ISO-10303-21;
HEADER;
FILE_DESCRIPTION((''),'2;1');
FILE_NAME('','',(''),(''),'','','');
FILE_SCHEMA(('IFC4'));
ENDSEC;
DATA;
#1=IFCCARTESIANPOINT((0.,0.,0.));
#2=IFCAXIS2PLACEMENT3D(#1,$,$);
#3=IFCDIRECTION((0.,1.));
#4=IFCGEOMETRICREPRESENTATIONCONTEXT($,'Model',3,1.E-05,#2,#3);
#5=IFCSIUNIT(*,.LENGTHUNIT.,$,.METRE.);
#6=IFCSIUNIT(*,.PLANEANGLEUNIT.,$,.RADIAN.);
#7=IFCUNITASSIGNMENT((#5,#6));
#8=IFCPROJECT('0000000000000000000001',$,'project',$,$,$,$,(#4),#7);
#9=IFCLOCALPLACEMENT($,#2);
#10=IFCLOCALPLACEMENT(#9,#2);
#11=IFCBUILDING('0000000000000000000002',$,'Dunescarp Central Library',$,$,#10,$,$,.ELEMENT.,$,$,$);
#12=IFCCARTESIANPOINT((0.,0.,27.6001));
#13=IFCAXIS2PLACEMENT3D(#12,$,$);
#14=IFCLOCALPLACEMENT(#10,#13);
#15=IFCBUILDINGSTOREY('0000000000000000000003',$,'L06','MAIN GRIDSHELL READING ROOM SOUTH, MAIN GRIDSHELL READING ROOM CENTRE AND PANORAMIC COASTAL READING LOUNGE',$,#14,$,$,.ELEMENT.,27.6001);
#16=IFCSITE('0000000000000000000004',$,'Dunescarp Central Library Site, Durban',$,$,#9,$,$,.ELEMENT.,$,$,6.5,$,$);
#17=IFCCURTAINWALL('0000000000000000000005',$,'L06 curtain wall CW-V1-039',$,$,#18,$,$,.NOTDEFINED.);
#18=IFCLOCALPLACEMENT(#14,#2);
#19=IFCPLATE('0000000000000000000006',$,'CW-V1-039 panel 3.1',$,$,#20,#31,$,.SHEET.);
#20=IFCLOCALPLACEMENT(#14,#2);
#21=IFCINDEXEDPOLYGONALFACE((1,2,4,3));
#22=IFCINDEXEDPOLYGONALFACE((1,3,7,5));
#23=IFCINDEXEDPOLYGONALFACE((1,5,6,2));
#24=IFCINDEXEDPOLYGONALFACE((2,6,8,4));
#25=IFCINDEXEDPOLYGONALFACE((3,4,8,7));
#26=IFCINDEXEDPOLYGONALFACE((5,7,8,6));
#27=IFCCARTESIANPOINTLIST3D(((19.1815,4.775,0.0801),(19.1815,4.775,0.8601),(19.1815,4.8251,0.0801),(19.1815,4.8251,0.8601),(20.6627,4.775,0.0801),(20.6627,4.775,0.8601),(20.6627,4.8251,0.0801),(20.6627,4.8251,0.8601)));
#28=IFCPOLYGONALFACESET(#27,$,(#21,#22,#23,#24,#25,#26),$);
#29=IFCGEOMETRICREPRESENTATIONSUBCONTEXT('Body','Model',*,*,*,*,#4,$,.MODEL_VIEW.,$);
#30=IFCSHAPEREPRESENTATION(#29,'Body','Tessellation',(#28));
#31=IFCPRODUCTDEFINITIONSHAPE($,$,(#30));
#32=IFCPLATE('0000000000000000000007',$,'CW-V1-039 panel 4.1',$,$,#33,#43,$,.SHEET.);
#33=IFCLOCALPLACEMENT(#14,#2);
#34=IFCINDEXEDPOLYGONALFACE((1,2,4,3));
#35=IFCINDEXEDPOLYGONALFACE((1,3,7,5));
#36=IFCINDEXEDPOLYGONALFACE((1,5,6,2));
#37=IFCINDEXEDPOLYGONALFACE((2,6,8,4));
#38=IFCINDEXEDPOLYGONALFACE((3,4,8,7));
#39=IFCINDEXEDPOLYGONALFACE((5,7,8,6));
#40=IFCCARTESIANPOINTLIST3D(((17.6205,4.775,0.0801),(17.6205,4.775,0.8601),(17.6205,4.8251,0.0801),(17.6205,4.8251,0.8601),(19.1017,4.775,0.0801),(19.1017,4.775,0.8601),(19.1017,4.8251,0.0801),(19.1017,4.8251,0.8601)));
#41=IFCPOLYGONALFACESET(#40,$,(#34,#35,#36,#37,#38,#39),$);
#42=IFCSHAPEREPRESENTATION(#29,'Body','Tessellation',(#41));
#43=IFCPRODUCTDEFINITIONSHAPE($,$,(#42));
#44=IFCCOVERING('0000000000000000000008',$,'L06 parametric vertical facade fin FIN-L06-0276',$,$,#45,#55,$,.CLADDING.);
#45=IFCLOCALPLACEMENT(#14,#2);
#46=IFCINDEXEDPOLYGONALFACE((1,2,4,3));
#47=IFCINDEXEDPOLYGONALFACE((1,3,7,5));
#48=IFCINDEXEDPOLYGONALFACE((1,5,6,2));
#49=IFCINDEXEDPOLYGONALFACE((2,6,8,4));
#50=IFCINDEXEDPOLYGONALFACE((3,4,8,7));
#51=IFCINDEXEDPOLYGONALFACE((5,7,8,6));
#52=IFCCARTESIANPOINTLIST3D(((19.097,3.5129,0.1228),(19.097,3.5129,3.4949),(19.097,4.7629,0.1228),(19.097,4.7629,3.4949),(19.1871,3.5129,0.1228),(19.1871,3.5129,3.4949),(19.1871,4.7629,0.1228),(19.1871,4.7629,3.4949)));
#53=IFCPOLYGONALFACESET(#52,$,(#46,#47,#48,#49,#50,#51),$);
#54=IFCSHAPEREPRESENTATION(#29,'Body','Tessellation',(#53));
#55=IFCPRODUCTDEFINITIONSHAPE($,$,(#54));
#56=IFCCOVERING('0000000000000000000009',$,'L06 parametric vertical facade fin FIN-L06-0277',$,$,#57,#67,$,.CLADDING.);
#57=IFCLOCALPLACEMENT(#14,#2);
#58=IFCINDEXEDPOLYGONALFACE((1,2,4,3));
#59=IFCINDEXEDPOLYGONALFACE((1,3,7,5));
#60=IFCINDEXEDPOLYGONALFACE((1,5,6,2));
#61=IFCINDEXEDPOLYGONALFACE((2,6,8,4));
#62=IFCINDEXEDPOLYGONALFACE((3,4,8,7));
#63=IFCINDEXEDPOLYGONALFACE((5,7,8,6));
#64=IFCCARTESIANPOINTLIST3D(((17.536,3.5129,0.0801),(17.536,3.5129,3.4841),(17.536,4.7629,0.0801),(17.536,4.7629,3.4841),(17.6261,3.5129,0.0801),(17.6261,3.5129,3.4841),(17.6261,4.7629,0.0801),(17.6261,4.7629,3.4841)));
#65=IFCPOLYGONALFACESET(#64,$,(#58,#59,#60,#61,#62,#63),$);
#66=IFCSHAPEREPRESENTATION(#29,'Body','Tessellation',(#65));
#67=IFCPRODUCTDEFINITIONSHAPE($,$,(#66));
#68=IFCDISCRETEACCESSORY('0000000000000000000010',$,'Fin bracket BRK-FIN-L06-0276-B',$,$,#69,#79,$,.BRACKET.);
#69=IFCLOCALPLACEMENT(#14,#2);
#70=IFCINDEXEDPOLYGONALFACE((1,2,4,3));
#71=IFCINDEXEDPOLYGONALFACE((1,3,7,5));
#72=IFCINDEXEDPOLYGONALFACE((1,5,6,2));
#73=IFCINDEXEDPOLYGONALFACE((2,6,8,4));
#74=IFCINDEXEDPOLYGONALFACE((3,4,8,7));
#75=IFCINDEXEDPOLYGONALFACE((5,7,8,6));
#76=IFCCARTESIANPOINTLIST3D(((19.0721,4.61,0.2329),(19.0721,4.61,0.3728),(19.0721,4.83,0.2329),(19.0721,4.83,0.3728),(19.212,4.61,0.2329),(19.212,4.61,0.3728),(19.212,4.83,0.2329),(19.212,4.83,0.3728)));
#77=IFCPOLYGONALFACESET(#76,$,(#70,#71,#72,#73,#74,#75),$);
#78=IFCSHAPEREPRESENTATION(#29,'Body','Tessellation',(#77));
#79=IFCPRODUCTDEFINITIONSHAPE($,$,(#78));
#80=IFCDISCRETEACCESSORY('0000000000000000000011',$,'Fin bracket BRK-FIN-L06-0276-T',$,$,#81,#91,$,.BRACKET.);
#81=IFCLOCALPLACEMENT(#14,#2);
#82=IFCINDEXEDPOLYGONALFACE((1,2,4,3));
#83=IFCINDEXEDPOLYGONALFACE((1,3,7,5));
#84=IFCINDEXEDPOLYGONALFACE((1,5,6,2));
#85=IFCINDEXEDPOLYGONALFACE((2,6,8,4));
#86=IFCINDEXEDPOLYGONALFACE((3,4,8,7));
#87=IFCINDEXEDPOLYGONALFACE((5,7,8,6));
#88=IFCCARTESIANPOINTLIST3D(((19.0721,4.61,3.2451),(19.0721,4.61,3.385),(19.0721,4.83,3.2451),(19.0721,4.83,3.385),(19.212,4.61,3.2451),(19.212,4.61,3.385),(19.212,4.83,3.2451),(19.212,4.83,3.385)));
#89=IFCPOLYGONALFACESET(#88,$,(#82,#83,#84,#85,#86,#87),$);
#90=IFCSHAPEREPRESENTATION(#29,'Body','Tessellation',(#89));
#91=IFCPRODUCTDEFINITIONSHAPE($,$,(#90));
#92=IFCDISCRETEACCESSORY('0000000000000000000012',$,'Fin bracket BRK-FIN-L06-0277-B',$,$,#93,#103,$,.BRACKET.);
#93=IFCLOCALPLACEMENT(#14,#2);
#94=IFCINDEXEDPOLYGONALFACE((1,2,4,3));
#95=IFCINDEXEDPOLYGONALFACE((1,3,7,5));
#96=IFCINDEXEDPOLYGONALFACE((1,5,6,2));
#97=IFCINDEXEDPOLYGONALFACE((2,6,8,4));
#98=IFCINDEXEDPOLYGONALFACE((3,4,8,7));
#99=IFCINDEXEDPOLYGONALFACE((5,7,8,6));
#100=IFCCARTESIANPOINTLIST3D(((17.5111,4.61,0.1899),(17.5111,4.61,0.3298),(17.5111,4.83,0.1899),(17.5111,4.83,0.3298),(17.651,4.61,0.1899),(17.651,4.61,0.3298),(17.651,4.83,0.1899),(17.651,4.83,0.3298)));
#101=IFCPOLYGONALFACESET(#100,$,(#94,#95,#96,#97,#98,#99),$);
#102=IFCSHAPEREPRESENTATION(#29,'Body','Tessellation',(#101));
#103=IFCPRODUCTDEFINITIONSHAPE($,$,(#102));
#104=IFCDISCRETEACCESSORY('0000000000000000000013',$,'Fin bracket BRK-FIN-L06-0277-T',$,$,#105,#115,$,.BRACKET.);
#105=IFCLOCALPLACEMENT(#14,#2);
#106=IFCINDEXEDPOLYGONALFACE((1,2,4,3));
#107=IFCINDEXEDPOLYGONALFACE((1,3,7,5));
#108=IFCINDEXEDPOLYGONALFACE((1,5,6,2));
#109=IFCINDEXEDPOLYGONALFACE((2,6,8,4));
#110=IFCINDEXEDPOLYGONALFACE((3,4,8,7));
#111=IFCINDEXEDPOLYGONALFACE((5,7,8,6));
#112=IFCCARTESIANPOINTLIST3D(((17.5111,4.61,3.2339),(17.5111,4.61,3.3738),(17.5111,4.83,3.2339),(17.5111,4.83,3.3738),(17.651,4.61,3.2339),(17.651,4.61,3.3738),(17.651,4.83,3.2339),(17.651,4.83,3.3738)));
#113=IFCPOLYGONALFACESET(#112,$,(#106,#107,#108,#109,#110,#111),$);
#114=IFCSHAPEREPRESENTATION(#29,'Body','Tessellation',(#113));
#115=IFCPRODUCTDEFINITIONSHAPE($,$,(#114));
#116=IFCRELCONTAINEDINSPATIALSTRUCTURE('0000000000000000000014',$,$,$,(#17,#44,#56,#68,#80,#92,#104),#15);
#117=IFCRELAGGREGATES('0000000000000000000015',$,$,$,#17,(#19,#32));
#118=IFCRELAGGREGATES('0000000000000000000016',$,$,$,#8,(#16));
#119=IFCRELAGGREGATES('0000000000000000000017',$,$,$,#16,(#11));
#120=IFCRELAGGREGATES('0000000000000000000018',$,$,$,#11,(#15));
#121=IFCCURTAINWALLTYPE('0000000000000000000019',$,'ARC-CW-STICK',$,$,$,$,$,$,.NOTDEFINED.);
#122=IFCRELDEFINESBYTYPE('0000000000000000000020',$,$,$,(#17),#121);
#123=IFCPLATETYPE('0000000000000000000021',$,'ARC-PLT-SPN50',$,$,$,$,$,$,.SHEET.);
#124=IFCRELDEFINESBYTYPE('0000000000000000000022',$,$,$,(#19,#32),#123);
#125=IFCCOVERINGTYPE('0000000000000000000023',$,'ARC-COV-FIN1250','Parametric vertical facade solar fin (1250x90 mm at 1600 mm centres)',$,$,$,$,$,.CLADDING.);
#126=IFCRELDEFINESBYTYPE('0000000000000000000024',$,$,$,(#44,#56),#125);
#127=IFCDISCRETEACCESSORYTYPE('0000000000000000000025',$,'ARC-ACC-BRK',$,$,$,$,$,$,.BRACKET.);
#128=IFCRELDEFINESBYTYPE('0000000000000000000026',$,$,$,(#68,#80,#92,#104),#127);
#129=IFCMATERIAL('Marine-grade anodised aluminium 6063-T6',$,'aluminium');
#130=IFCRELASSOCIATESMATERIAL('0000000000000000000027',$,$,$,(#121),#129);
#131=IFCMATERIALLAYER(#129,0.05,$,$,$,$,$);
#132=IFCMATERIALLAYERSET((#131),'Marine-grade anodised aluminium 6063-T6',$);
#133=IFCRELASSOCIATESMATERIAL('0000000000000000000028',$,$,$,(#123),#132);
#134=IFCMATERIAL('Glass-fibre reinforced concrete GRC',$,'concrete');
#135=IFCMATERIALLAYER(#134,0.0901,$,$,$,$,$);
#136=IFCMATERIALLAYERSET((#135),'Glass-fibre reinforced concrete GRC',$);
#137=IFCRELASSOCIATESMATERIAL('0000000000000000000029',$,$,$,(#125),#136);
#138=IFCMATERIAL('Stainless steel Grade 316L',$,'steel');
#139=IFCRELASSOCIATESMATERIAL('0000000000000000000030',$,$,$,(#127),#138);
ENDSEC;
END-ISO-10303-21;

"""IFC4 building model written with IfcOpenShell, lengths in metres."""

from ifc_helpers import new_model, si_unit, direction, frame, origin, origin_2d, place, context, subcontext, project, spatial, rectangle, extrude, material, layer, layer_set, type_object, element, aggregate, save


model = new_model("IFC4")

# Units and contexts
model_context = context("Model", 3, precision=1e-05, world=origin(), true_north=direction((0.0, 1.0)))
body_context = subcontext(model_context, "Body", "Model", "MODEL_VIEW")
ifc_project = project(units=[si_unit("LENGTHUNIT", "METRE"), si_unit("PLANEANGLEUNIT", "RADIAN")], contexts=[model_context])

# Site, building, storey
site_placement = place(None, origin())
site = spatial("IfcSite", under=ifc_project, at=site_placement, Name="Dunescarp Central Library Site, Durban", CompositionType="ELEMENT", RefElevation=6.5)
building_placement = place(site_placement, origin())
building = spatial("IfcBuilding", under=site, at=building_placement, Name="Dunescarp Central Library", CompositionType="ELEMENT")
storey_placement = place(building_placement, frame((0.0, 0.0, 27.6001)))
storey = spatial("IfcBuildingStorey", under=building, at=storey_placement, Name="L06", Description="MAIN GRIDSHELL READING ROOM SOUTH, MAIN GRIDSHELL READING ROOM CENTRE AND PANORAMIC COASTAL READING LOUNGE", CompositionType="ELEMENT", Elevation=27.6001)

# Curtain wall, plates
ifc_material_1 = material(Name="Marine-grade anodised aluminium 6063-T6", Category="aluminium")
curtain_wall_type = type_object("IfcCurtainWallType", Name="ARC-CW-STICK", PredefinedType="NOTDEFINED", material=ifc_material_1)
curtain_wall_placement = place(storey_placement, origin())
curtain_wall = element("IfcCurtainWall", 1, at=curtain_wall_placement, inside=storey, type_object=curtain_wall_type, Name="L06 curtain wall CW-V1-039", PredefinedType="NOTDEFINED")
ifc_layer_1 = layer(ifc_material_1, 0.05)
ifc_layer_set_1 = layer_set([ifc_layer_1], Name="Marine-grade anodised aluminium 6063-T6")
plate_type_1 = type_object("IfcPlateType", Name="ARC-PLT-SPN50", PredefinedType="SHEET", material=ifc_layer_set_1)
plate_1_placement = place(storey_placement, frame((19.9221, 4.8, 0.0801), z_axis=(0.0, 0.0, 1.0), x_axis=(-1.0, 0.0, 0.0)))
plate_1 = element("IfcPlate", 2, at=plate_1_placement, type_object=plate_type_1, Name="CW-V1-039 panel 3.1", PredefinedType="SHEET", context=body_context, shape_type="SweptSolid", body=[
    extrude(rectangle(XDim=1.4812, YDim=0.05, at=origin_2d()), origin(), (0.0, 0.0, 1.0), 0.78),
])
plate_2_placement = place(storey_placement, frame((18.3611, 4.8, 0.0801), z_axis=(0.0, 0.0, 1.0), x_axis=(-1.0, 0.0, 0.0)))
plate_2 = element("IfcPlate", 3, at=plate_2_placement, type_object=plate_type_1, Name="CW-V1-039 panel 4.1", PredefinedType="SHEET", context=body_context, shape_type="SweptSolid", body=[
    extrude(rectangle(XDim=1.4812, YDim=0.05, at=origin_2d()), origin(), (0.0, 0.0, 1.0), 0.78),
])
aggregate(curtain_wall, [plate_1, plate_2])

# Coverings
ifc_material_2 = material(Name="Glass-fibre reinforced concrete GRC", Category="concrete")
ifc_layer_2 = layer(ifc_material_2, 0.0901)
ifc_layer_set_2 = layer_set([ifc_layer_2], Name="Glass-fibre reinforced concrete GRC")
covering_type = type_object("IfcCoveringType", Name="ARC-COV-FIN1250", Description="Parametric vertical facade solar fin (1250x90 mm at 1600 mm centres)", PredefinedType="CLADDING", material=ifc_layer_set_2)
covering_1_placement = place(storey_placement, frame((19.1421, 4.1379, 0.1228), z_axis=(0.0, 0.0, 1.0), x_axis=(0.0, -1.0, 0.0)))
element("IfcCovering", 4, at=covering_1_placement, inside=storey, type_object=covering_type, Name="L06 parametric vertical facade fin FIN-L06-0276", PredefinedType="CLADDING", context=body_context, shape_type="SweptSolid", body=[
    extrude(rectangle(XDim=1.25, YDim=0.0901, at=origin_2d()), origin(), (0.0, 0.0, 1.0), 3.3721),
])
covering_2_placement = place(storey_placement, frame((17.5811, 4.1379, 0.0801), z_axis=(0.0, 0.0, 1.0), x_axis=(0.0, -1.0, 0.0)))
element("IfcCovering", 5, at=covering_2_placement, inside=storey, type_object=covering_type, Name="L06 parametric vertical facade fin FIN-L06-0277", PredefinedType="CLADDING", context=body_context, shape_type="SweptSolid", body=[
    extrude(rectangle(XDim=1.25, YDim=0.0901, at=origin_2d()), origin(), (0.0, 0.0, 1.0), 3.4041),
])

# Discrete accessories
ifc_material_3 = material(Name="Stainless steel Grade 316L", Category="steel")
discrete_accessory_type = type_object("IfcDiscreteAccessoryType", Name="ARC-ACC-BRK", PredefinedType="BRACKET", material=ifc_material_3)
for number, where, z_axis, x_axis, name in (
    (6, (19.1421, 4.72, 0.2329), (0.0, 0.0, 1.0), (0.0, -1.0, 0.0), "Fin bracket BRK-FIN-L06-0276-B"),
    (7, (19.1421, 4.72, 3.2451), (0.0, 0.0, 1.0), (0.0, -1.0, 0.0), "Fin bracket BRK-FIN-L06-0276-T"),
    (8, (17.5811, 4.72, 0.1899), (0.0, 0.0, 1.0), (0.0, -1.0, 0.0), "Fin bracket BRK-FIN-L06-0277-B"),
    (9, (17.5811, 4.72, 3.2339), (0.0, 0.0, 1.0), (0.0, -1.0, 0.0), "Fin bracket BRK-FIN-L06-0277-T"),
):
    element("IfcDiscreteAccessory", number, at=place(storey_placement, frame(where, z_axis=z_axis, x_axis=x_axis)), inside=storey, type_object=discrete_accessory_type, Name=name, PredefinedType="BRACKET", context=body_context, shape_type="SweptSolid", body=[
        extrude(rectangle(XDim=0.22, YDim=0.1399, at=origin_2d()), origin(), (0.0, 0.0, 1.0), 0.1399),
    ])

save(model, "model.ifc")
